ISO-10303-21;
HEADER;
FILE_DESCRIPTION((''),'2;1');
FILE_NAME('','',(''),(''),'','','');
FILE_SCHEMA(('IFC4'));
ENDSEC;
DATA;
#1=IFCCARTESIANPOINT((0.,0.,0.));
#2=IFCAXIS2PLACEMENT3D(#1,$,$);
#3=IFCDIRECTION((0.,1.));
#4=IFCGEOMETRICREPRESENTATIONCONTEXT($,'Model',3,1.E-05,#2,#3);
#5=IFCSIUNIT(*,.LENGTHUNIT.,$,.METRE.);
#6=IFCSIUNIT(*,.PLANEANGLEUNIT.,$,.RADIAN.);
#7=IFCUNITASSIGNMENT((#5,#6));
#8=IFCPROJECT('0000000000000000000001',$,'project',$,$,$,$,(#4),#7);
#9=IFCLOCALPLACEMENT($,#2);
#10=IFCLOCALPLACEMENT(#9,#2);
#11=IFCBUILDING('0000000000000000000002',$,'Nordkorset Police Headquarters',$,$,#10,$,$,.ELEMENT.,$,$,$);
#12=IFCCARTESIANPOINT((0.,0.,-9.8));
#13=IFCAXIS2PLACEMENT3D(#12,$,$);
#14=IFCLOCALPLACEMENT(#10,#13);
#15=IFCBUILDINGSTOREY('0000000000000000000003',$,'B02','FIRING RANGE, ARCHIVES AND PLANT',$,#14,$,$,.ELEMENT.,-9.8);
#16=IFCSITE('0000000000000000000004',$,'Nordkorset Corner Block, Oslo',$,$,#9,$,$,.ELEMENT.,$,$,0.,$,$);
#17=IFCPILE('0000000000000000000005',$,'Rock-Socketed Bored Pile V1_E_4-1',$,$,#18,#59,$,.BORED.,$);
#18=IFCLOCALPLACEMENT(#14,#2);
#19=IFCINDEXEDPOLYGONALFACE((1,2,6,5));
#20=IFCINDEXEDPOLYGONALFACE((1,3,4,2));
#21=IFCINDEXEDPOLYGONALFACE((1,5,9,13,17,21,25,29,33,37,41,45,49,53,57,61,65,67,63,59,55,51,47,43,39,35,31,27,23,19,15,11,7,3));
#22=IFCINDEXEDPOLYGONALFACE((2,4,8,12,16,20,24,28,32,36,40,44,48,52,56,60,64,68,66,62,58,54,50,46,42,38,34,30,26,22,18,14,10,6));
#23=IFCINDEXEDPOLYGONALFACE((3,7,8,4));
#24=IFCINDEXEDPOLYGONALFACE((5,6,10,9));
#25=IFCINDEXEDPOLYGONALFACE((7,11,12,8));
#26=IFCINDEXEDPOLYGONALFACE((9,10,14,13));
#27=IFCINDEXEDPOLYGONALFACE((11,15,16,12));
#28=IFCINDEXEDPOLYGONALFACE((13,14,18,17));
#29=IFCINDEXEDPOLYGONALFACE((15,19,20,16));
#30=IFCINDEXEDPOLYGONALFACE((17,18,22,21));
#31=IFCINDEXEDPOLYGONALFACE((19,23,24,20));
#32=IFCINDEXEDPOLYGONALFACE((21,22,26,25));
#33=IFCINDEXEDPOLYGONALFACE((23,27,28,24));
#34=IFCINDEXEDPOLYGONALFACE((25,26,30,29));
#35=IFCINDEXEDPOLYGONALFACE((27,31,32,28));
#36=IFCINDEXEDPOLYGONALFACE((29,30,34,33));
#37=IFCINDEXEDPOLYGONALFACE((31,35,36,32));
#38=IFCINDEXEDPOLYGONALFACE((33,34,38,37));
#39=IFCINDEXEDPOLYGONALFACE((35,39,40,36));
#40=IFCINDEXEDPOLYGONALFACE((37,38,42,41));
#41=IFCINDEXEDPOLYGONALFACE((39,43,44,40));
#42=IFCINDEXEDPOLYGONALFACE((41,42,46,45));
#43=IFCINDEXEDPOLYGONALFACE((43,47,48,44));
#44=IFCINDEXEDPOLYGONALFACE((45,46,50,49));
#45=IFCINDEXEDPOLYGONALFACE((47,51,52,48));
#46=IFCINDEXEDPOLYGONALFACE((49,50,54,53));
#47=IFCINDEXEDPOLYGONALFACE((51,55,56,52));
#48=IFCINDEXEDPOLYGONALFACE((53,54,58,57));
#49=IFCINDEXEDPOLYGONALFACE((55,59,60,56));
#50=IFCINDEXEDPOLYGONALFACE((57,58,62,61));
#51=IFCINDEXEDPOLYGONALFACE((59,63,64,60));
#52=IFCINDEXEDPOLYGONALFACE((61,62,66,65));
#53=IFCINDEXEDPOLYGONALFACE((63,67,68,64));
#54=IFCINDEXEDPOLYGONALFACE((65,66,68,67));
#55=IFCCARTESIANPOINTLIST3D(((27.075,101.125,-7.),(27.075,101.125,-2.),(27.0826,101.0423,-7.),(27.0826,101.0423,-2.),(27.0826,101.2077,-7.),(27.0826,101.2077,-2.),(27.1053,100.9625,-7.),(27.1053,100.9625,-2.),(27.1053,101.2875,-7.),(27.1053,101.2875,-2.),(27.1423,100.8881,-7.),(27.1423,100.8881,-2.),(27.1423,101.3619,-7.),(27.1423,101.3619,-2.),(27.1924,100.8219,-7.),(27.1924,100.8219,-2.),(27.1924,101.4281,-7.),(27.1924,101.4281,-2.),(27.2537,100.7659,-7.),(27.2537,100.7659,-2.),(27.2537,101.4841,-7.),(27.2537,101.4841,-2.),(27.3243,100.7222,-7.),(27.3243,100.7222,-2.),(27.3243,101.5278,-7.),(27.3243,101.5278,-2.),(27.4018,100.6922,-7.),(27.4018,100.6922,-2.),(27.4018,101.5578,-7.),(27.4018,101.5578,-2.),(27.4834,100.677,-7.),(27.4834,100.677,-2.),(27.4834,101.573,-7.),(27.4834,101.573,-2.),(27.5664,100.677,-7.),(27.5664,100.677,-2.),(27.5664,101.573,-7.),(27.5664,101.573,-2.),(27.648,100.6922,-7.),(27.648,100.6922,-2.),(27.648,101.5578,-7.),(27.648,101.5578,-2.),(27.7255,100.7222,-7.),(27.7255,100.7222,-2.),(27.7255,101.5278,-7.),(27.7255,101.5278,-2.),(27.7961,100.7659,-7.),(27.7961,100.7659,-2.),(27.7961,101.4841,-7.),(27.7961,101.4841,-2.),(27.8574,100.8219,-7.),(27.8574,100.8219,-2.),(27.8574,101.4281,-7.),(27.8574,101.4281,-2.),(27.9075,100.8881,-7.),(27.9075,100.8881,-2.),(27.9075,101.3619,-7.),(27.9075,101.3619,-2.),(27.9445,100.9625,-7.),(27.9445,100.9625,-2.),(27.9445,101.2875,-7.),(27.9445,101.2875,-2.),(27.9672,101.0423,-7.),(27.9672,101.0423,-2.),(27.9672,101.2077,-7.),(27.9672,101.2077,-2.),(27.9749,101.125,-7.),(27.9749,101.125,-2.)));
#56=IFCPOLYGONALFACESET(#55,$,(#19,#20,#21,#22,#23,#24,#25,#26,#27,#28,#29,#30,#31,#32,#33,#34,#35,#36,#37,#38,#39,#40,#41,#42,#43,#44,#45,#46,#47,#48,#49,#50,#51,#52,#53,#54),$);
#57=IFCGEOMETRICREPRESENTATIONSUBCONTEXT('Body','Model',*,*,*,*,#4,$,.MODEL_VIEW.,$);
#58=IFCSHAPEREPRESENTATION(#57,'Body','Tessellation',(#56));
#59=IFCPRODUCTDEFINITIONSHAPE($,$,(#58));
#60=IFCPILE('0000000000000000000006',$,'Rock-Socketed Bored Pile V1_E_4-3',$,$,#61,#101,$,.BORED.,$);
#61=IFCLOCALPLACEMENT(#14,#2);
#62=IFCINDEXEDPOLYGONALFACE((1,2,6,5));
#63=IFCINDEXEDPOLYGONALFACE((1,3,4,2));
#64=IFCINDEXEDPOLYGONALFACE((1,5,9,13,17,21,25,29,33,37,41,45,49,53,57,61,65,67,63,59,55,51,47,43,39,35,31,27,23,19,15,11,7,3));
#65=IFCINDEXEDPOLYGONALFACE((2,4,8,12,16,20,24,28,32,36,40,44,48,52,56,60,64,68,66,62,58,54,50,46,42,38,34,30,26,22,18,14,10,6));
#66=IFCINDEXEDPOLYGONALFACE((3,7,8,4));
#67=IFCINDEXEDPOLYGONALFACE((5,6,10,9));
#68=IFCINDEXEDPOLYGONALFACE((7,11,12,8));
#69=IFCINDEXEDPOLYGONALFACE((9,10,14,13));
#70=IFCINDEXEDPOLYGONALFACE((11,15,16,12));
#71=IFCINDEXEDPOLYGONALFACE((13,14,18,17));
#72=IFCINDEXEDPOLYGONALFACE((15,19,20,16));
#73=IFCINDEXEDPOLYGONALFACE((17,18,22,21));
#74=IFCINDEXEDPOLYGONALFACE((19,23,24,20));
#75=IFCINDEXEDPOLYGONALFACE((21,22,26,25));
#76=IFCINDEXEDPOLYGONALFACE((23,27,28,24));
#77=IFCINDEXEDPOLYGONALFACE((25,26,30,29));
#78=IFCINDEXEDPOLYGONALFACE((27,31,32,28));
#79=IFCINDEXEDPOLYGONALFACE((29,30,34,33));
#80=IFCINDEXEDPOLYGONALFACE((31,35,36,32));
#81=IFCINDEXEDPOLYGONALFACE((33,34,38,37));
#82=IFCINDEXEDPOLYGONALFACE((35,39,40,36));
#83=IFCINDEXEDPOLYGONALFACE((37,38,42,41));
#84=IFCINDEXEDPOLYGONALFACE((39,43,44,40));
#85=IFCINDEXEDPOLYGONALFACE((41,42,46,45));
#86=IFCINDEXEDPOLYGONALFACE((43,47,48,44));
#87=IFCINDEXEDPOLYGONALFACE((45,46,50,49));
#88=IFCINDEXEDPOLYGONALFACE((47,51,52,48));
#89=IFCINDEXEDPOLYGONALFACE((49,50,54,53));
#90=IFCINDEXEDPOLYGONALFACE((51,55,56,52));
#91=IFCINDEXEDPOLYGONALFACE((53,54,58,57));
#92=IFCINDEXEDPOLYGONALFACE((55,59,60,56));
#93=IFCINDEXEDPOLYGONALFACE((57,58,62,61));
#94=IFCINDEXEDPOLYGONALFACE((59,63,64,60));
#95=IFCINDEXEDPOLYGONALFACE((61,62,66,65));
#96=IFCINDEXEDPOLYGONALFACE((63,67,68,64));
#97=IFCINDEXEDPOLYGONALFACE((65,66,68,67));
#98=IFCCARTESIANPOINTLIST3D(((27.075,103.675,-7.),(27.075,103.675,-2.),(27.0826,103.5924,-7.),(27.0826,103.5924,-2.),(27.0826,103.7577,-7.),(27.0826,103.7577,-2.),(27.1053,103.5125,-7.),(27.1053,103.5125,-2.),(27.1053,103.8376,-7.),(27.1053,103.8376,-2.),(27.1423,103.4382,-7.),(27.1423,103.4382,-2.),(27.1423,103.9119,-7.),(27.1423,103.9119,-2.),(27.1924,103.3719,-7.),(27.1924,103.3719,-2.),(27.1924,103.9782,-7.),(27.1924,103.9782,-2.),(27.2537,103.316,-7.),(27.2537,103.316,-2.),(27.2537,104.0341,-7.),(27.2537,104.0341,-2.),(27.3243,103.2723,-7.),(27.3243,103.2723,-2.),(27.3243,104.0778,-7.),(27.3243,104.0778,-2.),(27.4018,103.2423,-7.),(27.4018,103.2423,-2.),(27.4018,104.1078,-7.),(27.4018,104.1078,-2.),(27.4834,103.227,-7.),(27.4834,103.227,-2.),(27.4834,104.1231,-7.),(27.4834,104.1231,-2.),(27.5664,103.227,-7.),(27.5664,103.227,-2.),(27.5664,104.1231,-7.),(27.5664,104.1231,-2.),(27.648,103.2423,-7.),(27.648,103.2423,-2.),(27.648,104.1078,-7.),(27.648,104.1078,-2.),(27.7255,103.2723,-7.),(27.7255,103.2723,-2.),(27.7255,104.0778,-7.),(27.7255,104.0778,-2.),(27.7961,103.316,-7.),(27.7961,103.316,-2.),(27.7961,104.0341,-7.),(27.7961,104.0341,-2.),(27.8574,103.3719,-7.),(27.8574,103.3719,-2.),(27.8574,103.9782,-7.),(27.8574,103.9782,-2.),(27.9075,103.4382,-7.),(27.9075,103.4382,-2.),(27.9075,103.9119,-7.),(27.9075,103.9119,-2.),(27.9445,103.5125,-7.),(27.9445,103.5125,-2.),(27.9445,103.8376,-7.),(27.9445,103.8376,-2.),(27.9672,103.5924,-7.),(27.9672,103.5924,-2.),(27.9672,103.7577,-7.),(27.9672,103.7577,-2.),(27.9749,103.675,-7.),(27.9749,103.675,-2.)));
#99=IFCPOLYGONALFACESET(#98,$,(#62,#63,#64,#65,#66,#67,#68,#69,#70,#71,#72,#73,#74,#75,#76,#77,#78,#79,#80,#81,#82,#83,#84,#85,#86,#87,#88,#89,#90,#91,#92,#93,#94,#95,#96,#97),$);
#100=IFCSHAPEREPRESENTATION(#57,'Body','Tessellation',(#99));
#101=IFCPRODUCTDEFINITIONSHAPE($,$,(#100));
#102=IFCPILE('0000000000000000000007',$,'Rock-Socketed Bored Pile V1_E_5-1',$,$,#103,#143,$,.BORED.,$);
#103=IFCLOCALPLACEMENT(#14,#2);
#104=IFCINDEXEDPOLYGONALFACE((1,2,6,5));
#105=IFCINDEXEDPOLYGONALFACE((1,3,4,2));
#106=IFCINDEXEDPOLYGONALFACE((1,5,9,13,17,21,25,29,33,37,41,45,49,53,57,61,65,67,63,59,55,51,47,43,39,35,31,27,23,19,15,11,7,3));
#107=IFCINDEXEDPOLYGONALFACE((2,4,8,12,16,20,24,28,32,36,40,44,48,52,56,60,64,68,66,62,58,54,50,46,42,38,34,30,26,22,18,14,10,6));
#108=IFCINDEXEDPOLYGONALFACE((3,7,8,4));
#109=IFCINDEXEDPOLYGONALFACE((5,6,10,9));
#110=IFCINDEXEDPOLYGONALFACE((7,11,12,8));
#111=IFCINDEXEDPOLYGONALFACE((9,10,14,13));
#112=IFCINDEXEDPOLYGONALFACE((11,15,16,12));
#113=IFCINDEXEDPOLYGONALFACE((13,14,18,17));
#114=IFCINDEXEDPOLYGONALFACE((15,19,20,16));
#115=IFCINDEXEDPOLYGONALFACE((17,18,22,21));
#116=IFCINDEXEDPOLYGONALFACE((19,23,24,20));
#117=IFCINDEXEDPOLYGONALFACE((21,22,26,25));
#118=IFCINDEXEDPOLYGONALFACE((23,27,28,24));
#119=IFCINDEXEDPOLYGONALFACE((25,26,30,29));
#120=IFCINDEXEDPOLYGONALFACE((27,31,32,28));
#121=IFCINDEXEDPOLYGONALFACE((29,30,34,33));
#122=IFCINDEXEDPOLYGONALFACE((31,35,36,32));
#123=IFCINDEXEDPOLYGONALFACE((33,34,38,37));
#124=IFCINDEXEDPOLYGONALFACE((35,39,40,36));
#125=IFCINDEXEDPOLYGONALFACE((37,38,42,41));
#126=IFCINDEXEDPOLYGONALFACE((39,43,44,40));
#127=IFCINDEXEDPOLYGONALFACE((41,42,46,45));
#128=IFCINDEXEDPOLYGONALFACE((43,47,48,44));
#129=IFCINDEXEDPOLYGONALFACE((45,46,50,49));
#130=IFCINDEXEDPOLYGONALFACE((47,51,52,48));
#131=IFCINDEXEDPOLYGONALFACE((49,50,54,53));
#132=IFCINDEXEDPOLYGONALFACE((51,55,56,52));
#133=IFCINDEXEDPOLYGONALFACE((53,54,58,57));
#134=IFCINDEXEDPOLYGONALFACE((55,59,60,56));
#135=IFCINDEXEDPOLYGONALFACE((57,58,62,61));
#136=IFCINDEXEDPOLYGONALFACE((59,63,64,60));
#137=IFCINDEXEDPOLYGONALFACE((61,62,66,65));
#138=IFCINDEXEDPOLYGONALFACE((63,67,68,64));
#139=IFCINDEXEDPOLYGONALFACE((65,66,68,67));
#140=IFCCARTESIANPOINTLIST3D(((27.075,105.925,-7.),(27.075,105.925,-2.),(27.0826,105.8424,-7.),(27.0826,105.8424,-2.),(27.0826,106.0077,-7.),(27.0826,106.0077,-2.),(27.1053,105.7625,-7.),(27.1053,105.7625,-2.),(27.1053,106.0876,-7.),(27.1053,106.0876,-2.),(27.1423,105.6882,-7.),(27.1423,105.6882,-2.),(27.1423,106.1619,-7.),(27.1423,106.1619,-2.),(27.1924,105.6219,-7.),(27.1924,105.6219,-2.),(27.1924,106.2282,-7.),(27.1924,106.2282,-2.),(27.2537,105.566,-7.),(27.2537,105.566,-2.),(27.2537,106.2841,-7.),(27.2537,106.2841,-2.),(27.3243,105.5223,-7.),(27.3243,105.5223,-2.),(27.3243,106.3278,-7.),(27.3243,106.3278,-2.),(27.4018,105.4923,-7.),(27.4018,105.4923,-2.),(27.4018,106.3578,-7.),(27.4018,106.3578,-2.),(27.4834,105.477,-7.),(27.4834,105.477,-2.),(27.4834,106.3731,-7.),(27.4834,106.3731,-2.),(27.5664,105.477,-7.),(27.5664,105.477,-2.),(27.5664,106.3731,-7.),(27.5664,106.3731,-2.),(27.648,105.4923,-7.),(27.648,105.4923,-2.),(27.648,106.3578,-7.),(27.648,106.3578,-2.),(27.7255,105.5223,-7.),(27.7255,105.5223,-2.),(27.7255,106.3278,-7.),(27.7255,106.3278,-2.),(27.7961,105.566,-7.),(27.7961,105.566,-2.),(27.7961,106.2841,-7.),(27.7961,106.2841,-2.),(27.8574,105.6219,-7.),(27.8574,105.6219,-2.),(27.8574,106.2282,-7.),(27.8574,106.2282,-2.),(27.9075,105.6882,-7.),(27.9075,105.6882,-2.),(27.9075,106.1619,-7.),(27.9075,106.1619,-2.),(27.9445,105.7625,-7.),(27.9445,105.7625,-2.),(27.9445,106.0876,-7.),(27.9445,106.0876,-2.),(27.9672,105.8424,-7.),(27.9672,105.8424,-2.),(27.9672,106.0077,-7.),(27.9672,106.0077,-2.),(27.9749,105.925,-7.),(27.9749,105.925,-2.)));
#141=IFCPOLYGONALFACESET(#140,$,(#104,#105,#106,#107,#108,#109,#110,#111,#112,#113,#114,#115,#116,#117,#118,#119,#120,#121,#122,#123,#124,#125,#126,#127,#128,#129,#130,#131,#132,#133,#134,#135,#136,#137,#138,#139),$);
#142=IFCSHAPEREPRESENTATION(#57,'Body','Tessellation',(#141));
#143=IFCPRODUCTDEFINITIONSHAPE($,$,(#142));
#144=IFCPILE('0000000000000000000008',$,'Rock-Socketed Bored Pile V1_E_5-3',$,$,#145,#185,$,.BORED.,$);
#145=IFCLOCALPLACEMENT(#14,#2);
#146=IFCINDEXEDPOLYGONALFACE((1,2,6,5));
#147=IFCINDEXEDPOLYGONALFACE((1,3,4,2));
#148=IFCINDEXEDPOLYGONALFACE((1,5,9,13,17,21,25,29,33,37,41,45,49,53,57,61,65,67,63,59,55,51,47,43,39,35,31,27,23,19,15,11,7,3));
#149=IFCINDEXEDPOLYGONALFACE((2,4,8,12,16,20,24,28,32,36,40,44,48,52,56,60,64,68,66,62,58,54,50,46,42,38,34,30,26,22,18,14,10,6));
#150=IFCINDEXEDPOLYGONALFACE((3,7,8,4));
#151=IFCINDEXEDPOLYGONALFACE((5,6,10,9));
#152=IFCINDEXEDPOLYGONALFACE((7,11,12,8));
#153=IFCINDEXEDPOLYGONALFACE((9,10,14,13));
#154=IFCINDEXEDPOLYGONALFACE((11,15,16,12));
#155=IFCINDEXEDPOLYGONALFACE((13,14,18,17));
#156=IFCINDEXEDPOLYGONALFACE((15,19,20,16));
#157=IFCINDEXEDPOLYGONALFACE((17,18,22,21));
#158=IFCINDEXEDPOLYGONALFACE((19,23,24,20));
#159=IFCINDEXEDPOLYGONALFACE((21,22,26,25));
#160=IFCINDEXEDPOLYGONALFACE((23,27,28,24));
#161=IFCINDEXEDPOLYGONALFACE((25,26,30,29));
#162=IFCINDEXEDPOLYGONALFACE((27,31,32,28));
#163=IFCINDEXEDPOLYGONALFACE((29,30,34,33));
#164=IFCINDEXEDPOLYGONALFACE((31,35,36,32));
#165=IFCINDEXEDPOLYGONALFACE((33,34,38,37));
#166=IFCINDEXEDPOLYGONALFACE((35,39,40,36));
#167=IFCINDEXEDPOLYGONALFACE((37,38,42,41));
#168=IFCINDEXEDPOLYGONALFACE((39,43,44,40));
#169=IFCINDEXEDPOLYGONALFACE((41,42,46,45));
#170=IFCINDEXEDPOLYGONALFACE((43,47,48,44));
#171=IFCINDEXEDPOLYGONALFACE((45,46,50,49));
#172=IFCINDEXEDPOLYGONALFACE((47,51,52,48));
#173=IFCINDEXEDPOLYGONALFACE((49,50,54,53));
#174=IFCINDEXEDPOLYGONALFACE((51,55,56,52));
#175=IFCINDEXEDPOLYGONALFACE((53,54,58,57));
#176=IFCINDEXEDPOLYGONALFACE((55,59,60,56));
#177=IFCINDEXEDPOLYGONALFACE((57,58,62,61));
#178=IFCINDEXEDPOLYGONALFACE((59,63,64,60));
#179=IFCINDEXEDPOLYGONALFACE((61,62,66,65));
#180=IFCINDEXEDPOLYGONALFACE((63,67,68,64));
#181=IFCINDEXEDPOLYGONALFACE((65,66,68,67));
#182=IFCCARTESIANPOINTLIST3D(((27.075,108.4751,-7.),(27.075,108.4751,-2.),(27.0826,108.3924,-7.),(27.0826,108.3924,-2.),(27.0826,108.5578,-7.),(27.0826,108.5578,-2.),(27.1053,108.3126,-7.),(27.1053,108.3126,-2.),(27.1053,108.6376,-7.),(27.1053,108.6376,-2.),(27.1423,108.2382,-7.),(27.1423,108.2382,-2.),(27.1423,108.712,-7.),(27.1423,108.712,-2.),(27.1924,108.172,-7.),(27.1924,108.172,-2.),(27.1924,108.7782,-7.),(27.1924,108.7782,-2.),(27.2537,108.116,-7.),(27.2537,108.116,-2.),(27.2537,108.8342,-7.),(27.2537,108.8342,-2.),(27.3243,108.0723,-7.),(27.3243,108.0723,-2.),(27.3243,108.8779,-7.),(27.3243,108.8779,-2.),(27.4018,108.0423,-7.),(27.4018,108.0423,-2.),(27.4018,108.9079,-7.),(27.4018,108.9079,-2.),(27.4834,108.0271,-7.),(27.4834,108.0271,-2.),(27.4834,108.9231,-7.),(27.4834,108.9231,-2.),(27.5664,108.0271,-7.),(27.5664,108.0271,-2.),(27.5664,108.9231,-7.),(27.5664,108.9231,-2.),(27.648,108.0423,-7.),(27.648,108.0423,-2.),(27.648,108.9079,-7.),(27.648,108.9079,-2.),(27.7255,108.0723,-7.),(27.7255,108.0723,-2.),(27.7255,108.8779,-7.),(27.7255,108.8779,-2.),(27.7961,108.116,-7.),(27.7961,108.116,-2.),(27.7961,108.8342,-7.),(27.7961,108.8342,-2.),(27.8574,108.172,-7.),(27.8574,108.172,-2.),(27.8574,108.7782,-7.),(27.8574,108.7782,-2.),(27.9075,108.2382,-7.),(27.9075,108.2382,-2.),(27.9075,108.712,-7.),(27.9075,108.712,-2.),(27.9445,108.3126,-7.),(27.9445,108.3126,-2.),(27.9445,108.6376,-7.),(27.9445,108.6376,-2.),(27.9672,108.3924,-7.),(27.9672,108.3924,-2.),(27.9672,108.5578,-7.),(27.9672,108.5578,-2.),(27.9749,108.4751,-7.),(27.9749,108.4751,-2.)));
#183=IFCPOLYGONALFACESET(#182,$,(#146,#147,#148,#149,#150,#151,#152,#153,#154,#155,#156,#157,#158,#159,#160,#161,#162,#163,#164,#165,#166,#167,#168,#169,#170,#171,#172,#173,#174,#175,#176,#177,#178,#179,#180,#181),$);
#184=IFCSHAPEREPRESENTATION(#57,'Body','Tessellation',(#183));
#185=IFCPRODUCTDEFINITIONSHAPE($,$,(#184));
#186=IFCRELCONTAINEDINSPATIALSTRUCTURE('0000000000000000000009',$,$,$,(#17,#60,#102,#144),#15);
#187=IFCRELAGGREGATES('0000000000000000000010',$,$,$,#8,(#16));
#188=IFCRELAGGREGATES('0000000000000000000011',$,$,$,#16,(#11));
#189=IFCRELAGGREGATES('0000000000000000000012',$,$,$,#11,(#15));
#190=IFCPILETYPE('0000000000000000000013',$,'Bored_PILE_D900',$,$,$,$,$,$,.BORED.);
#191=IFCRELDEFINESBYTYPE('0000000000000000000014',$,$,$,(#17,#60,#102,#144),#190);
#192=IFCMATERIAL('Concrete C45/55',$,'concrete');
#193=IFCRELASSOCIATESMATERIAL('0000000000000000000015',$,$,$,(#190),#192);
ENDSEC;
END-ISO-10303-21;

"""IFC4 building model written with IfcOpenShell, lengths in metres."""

from ifc_helpers import new_model, si_unit, direction, frame, origin, origin_2d, place, context, subcontext, project, spatial, circle, extrude, material, material_profile, profile_set, type_object, element, save


model = new_model("IFC4")

# Units and contexts
model_context = context("Model", 3, precision=1e-05, world=origin(), true_north=direction((0.0, 1.0)))
body_context = subcontext(model_context, "Body", "Model", "MODEL_VIEW")
ifc_project = project(units=[si_unit("LENGTHUNIT", "METRE"), si_unit("PLANEANGLEUNIT", "RADIAN")], contexts=[model_context])

# Site, building, storey
site_placement = place(None, origin())
site = spatial("IfcSite", under=ifc_project, at=site_placement, Name="Nordkorset Corner Block, Oslo", CompositionType="ELEMENT", RefElevation=0.0)
building_placement = place(site_placement, origin())
building = spatial("IfcBuilding", under=site, at=building_placement, Name="Nordkorset Police Headquarters", CompositionType="ELEMENT")
storey_placement = place(building_placement, frame((0.0, 0.0, -9.8)))
storey = spatial("IfcBuildingStorey", under=building, at=storey_placement, Name="B02", Description="FIRING RANGE, ARCHIVES AND PLANT", CompositionType="ELEMENT", Elevation=-9.8)

# Piles
ifc_material_1 = material(Name="Concrete C45/55", Category="concrete")
ifc_material_profile_1 = material_profile(ifc_material_1, circle(Radius=0.45, at=origin_2d()), Name="PILE D900")
ifc_profile_set_1 = profile_set([ifc_material_profile_1], Name="Concrete C45/55")
pile_type = type_object("IfcPileType", Name="Bored_PILE_D900", PredefinedType="BORED", material=ifc_profile_set_1)
for number, where, z_axis, x_axis, name in (
    (1, (27.5249, 101.125, -2.0), (0.0, 0.0, -1.0), (1.0, 0.0, 0.0), "Rock-Socketed Bored Pile V1_E_4-1"),
    (2, (27.5249, 103.675, -2.0), (0.0, 0.0, -1.0), (1.0, 0.0, 0.0), "Rock-Socketed Bored Pile V1_E_4-3"),
    (3, (27.5249, 105.925, -2.0), (0.0, 0.0, -1.0), (1.0, 0.0, 0.0), "Rock-Socketed Bored Pile V1_E_5-1"),
    (4, (27.5249, 108.4751, -2.0), (0.0, 0.0, -1.0), (1.0, 0.0, 0.0), "Rock-Socketed Bored Pile V1_E_5-3"),
):
    element("IfcPile", number, at=place(storey_placement, frame(where, z_axis=z_axis, x_axis=x_axis)), inside=storey, type_object=pile_type, Name=name, PredefinedType="BORED", context=body_context, shape_type="SweptSolid", body=[
        extrude(circle(Radius=0.45, at=origin_2d()), origin(), (0.0, 0.0, 1.0), 5.0),
    ])

save(model, "model.ifc")
